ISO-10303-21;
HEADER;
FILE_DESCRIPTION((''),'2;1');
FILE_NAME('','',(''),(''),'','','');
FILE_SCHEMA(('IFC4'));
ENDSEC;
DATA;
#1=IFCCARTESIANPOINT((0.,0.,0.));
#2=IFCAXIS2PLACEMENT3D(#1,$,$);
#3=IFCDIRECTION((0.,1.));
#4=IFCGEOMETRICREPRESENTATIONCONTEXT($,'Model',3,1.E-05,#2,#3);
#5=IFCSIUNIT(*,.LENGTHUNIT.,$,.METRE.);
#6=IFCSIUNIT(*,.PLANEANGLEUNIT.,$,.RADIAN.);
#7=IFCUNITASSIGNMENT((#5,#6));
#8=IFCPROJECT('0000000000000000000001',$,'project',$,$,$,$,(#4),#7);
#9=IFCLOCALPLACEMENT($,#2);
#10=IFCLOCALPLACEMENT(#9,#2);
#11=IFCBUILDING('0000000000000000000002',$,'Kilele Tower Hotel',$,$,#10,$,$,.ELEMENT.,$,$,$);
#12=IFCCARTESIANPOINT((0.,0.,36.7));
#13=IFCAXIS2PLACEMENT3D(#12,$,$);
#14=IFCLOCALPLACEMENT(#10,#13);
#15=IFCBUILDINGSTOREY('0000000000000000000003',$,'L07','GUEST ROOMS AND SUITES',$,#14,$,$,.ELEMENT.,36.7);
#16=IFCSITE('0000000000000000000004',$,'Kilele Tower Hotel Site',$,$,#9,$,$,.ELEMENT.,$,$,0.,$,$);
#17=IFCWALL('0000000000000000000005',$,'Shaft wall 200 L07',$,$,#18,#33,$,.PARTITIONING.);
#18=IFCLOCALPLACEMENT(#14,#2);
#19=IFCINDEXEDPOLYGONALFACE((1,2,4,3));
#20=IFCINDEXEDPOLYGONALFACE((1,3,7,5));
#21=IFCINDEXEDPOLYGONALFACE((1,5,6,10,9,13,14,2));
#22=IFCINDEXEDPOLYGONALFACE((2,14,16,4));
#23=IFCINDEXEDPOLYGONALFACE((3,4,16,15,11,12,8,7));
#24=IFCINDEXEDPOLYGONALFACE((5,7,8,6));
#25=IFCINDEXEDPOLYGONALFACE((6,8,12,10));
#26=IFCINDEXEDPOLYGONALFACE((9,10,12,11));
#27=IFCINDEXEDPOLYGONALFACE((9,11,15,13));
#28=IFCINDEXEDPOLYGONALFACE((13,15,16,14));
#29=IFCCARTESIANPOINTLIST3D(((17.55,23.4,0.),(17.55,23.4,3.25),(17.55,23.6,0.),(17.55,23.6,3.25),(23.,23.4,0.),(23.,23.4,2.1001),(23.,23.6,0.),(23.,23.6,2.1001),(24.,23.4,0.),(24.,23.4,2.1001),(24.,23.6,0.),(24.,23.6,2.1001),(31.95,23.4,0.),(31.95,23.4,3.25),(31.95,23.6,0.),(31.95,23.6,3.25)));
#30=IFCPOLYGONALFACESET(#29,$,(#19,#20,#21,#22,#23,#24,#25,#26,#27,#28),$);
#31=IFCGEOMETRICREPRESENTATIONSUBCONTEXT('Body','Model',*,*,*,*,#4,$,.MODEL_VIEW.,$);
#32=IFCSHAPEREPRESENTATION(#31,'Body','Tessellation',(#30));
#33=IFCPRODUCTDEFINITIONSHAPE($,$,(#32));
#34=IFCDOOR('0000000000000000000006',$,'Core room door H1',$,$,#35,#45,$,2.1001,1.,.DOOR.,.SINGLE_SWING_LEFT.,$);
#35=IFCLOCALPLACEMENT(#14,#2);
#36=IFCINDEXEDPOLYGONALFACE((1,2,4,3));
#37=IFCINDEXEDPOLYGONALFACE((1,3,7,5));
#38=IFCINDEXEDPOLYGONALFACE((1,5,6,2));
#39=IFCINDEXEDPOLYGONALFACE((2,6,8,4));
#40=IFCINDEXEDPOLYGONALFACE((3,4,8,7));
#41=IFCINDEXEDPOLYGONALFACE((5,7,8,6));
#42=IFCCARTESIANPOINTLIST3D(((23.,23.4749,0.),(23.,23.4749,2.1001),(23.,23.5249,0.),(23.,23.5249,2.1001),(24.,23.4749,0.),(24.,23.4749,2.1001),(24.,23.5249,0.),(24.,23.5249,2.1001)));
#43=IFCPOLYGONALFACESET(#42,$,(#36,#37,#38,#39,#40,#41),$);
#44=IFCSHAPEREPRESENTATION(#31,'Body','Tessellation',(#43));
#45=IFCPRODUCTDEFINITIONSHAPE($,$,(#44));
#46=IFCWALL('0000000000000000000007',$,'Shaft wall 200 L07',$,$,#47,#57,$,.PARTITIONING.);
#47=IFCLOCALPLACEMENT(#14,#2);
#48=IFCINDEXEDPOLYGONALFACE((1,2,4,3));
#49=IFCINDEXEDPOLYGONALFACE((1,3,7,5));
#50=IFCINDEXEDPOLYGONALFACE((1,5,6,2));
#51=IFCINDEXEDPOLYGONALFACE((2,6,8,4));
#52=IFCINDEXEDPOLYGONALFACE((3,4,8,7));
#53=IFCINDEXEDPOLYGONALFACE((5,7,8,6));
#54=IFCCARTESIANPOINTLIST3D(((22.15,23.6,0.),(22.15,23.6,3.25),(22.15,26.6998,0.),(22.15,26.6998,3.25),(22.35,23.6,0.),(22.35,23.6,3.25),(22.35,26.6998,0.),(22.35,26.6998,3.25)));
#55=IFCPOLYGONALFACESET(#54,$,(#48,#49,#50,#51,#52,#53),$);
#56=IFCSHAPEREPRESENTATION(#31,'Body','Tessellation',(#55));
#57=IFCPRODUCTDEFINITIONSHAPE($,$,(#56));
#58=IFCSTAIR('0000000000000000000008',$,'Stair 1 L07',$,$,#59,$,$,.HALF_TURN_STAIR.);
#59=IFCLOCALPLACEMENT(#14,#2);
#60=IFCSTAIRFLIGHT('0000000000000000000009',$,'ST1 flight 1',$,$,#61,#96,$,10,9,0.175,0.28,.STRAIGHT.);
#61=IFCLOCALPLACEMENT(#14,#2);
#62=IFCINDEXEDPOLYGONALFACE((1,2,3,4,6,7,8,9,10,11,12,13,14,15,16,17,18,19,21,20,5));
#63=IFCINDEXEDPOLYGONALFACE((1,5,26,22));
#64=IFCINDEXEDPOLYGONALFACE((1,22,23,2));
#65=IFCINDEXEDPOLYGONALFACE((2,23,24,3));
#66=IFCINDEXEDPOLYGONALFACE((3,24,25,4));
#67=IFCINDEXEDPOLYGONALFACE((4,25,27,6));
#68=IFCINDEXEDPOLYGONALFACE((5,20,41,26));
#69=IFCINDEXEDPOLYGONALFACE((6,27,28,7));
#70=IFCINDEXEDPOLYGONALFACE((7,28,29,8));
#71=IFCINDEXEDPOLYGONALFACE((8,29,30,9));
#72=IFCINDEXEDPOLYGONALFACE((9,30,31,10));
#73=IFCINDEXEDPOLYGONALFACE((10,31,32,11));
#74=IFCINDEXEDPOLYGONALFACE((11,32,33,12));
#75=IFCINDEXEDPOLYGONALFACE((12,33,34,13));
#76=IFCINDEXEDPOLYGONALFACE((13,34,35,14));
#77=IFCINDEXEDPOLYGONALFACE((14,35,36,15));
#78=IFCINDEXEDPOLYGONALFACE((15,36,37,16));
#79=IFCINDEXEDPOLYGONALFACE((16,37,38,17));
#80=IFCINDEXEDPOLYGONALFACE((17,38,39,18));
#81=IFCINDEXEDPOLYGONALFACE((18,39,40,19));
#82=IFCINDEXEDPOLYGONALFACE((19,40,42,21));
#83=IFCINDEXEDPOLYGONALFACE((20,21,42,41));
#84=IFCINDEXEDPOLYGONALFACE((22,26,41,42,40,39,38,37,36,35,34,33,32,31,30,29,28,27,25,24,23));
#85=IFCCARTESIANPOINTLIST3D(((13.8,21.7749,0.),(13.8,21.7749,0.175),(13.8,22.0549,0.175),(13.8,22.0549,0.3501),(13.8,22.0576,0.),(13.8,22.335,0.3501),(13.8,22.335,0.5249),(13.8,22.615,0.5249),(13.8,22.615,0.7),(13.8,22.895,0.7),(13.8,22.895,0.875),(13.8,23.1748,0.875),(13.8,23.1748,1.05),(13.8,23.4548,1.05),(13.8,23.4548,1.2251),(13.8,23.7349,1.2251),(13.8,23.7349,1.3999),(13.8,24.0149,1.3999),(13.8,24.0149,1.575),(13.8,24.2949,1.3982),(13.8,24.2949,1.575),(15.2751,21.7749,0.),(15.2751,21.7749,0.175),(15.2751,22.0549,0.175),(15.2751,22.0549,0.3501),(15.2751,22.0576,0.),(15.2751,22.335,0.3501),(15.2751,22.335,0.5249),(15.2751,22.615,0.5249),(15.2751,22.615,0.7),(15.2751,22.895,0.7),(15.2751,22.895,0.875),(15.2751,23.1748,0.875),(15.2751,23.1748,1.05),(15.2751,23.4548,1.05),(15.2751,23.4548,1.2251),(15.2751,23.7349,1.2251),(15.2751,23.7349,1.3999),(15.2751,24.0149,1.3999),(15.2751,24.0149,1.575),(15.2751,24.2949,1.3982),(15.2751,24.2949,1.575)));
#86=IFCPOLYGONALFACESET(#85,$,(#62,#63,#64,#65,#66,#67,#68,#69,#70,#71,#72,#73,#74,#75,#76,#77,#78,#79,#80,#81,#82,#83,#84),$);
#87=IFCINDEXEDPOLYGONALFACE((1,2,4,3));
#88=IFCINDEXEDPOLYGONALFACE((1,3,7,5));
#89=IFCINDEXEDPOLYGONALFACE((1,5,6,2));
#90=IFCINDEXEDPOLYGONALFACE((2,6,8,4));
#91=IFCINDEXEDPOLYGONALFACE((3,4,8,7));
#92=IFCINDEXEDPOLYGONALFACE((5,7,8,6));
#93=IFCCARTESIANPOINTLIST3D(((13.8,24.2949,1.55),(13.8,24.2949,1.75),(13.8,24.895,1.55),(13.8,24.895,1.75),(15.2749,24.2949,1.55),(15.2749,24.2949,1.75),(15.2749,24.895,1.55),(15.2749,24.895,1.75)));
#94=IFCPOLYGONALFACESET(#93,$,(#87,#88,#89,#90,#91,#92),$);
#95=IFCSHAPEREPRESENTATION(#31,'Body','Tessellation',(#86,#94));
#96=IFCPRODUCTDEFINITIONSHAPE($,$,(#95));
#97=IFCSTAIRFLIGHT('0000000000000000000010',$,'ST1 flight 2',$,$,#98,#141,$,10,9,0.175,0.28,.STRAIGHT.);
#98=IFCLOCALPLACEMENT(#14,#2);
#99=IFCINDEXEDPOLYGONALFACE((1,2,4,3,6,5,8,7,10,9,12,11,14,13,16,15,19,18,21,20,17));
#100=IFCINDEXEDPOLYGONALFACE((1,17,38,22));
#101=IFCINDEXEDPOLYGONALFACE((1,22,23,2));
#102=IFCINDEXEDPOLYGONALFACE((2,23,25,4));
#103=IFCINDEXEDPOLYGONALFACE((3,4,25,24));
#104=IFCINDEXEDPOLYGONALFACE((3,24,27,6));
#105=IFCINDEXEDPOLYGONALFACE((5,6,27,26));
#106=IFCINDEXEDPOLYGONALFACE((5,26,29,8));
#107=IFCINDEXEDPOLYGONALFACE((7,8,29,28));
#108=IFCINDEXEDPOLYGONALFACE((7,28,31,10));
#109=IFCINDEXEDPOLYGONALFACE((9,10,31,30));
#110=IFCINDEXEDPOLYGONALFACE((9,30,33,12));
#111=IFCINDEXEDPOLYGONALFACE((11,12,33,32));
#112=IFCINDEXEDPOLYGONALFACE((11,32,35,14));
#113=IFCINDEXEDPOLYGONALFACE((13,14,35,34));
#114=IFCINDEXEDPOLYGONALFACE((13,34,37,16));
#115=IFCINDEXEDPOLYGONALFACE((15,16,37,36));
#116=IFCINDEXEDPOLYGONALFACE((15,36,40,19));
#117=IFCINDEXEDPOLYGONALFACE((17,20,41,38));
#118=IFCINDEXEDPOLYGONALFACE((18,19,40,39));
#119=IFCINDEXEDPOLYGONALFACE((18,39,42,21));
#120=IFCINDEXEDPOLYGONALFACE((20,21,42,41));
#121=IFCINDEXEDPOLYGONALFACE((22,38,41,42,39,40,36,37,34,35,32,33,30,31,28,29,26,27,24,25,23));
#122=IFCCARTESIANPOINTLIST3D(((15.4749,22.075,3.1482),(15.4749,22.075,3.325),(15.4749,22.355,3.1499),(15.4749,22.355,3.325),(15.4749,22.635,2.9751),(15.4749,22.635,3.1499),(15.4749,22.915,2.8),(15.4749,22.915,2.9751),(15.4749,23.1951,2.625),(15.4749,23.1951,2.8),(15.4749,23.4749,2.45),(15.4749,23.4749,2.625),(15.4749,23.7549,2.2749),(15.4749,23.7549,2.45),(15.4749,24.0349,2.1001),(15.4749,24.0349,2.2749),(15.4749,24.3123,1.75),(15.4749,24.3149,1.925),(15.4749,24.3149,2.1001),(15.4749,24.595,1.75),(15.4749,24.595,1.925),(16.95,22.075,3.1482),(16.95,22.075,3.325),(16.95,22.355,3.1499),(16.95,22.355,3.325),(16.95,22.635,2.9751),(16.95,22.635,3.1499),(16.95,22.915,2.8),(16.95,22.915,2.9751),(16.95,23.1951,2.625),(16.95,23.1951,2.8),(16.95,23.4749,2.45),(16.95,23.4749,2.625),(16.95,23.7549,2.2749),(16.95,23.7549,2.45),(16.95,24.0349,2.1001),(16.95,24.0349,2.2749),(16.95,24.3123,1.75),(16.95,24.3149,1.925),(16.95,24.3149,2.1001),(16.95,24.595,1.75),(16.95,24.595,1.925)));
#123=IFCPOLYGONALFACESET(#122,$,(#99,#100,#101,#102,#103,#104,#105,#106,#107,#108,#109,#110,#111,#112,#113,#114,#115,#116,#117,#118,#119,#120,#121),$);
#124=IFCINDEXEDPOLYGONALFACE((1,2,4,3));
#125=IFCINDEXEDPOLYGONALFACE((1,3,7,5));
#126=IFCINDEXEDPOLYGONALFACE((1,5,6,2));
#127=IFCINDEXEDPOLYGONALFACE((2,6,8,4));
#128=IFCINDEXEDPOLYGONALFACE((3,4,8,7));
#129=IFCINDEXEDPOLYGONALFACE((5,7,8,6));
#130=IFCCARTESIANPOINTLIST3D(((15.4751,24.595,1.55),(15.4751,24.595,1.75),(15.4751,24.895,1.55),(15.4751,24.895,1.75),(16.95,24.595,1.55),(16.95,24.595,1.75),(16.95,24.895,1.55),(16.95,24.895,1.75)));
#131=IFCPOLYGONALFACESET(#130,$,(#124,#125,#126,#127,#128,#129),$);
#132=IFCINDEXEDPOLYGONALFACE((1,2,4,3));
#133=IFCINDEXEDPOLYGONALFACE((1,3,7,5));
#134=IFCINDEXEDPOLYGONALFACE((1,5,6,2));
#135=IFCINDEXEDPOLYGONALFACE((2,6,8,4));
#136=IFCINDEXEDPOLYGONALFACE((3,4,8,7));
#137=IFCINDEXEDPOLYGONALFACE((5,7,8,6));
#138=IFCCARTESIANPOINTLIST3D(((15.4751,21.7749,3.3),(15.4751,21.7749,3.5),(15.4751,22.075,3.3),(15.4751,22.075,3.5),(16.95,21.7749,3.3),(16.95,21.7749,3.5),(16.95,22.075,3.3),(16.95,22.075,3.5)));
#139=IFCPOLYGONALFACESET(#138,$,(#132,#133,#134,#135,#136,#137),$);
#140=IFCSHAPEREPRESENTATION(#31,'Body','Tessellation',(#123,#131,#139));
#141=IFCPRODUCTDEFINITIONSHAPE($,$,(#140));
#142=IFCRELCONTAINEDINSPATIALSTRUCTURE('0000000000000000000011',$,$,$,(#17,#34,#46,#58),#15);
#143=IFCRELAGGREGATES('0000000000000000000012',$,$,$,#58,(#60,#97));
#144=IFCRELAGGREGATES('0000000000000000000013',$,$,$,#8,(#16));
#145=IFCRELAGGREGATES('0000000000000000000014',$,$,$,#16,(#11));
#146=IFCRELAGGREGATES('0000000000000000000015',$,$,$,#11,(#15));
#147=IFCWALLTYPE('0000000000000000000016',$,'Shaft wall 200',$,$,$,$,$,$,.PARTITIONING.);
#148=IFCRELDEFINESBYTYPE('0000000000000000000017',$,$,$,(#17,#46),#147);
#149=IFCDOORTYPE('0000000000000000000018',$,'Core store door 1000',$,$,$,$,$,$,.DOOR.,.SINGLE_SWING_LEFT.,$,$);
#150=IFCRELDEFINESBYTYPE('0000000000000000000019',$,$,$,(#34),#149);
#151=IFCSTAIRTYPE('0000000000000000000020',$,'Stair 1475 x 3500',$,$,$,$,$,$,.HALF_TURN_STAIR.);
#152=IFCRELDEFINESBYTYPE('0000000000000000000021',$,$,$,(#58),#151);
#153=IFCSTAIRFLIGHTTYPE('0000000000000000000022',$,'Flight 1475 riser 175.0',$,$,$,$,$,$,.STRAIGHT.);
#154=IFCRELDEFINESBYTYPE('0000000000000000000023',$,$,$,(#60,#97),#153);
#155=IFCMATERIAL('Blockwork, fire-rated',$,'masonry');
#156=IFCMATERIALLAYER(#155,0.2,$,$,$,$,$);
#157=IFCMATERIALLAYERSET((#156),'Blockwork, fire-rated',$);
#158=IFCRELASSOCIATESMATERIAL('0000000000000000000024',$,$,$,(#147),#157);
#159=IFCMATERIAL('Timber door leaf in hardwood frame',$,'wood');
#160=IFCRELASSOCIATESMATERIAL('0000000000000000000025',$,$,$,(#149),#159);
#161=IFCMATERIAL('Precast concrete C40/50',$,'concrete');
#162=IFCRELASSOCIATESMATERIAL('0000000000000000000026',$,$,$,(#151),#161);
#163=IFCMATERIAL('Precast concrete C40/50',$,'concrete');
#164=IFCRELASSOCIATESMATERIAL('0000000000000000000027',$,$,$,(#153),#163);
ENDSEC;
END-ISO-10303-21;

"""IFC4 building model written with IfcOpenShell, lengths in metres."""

from ifc_helpers import new_model, si_unit, direction, frame, frame_2d, origin, place, context, subcontext, project, spatial, polyline, rectangle, outline, extrude, material, layer, layer_set, type_object, element, fill, aggregate, save


model = new_model("IFC4")

# Units and contexts
model_context = context("Model", 3, precision=1e-05, world=origin(), true_north=direction((0.0, 1.0)))
body_context = subcontext(model_context, "Body", "Model", "MODEL_VIEW")
ifc_project = project(units=[si_unit("LENGTHUNIT", "METRE"), si_unit("PLANEANGLEUNIT", "RADIAN")], contexts=[model_context])

# Site, building, storey
site_placement = place(None, origin())
site = spatial("IfcSite", under=ifc_project, at=site_placement, Name="Kilele Tower Hotel Site", CompositionType="ELEMENT", RefElevation=0.0)
building_placement = place(site_placement, origin())
building = spatial("IfcBuilding", under=site, at=building_placement, Name="Kilele Tower Hotel", CompositionType="ELEMENT")
storey_placement = place(building_placement, frame((0.0, 0.0, 36.7)))
storey = spatial("IfcBuildingStorey", under=building, at=storey_placement, Name="L07", Description="GUEST ROOMS AND SUITES", CompositionType="ELEMENT", Elevation=36.7)

# Shared definitions
ifc_material_1 = material(Name="Blockwork, fire-rated", Category="masonry")
ifc_layer_1 = layer(ifc_material_1, 0.2)
ifc_layer_set_1 = layer_set([ifc_layer_1], Name="Blockwork, fire-rated")
wall_type_1 = type_object("IfcWallType", Name="Shaft wall 200", PredefinedType="PARTITIONING", material=ifc_layer_set_1)

# Wall, opening, door
wall_1_placement = place(storey_placement, frame((17.55, 23.5, 0.0), z_axis=(0.0, 0.0, 1.0), x_axis=(1.0, 0.0, 0.0)))
wall_1 = element("IfcWall", 1, at=wall_1_placement, inside=storey, type_object=wall_type_1, Name="Shaft wall 200 L07", PredefinedType="PARTITIONING", context=body_context, shape_type="SweptSolid", body=[
    extrude(rectangle(XDim=14.3999, YDim=0.2, at=frame_2d((7.2, 0.0))), origin(), (0.0, 0.0, 1.0), 3.25),
])
opening_1_placement = place(wall_1_placement, frame((5.45, 0.0, 0.0)))
opening_1 = element("IfcOpeningElement", 2, at=opening_1_placement, cuts=wall_1, PredefinedType="OPENING", context=body_context, shape_type="SweptSolid", body=[
    extrude(rectangle(XDim=1.0, YDim=2.1001, at=frame_2d((0.5, 1.05))), frame((0.0, 0.1099, 0.0), z_axis=(0.0, -1.0, 0.0), x_axis=(1.0, 0.0, 0.0)), (0.0, 0.0, 1.0), 0.22),
])
ifc_material_2 = material(Name="Timber door leaf in hardwood frame", Category="wood")
door_type_1 = type_object("IfcDoorType", Name="Core store door 1000", OperationType="SINGLE_SWING_LEFT", PredefinedType="DOOR", material=ifc_material_2)
door_1_placement = place(opening_1_placement, origin())
door_1 = element("IfcDoor", 3, at=door_1_placement, inside=storey, type_object=door_type_1, Name="Core room door H1", OperationType="SINGLE_SWING_LEFT", OverallHeight=2.1001, OverallWidth=1.0, PredefinedType="DOOR", context=body_context, shape_type="SweptSolid", body=[
    extrude(rectangle(XDim=1.0, YDim=2.1001, at=frame_2d((0.5, 1.05))), frame((0.0, 0.0249, 0.0), z_axis=(0.0, -1.0, 0.0), x_axis=(1.0, 0.0, 0.0)), (0.0, 0.0, 1.0), 0.05),
])
fill(opening_1, door_1)

# Wall
wall_2_placement = place(storey_placement, frame((22.25, 23.6001, 0.0), z_axis=(0.0, 0.0, 1.0), x_axis=(0.0, 1.0, 0.0)))
element("IfcWall", 4, at=wall_2_placement, inside=storey, type_object=wall_type_1, Name="Shaft wall 200 L07", PredefinedType="PARTITIONING", context=body_context, shape_type="SweptSolid", body=[
    extrude(rectangle(XDim=3.0999, YDim=0.2, at=frame_2d((1.5498, 0.0))), origin(), (0.0, 0.0, 1.0), 3.25),
])

# Stair, stair flights
ifc_material_3 = material(Name="Precast concrete C40/50", Category="concrete")
stair_type = type_object("IfcStairType", Name="Stair 1475 x 3500", PredefinedType="HALF_TURN_STAIR", material=ifc_material_3)
stair_placement = place(storey_placement, origin())
stair = element("IfcStair", 5, at=stair_placement, inside=storey, type_object=stair_type, Name="Stair 1 L07", PredefinedType="HALF_TURN_STAIR")
ifc_material_4 = material(Name="Precast concrete C40/50", Category="concrete")
stair_flight_type = type_object("IfcStairFlightType", Name="Flight 1475 riser 175.0", PredefinedType="STRAIGHT", material=ifc_material_4)
stair_flight_1_placement = place(storey_placement, frame((14.5376, 21.7749, 0.0), z_axis=(0.0, 0.0, 1.0), x_axis=(0.0, 1.0, 0.0)))
stair_flight_1 = element("IfcStairFlight", 6, at=stair_flight_1_placement, type_object=stair_flight_type, Name="ST1 flight 1", NumberOfRisers=10, NumberOfTreads=9, PredefinedType="STRAIGHT", RiserHeight=0.175, TreadLength=0.28, context=body_context, shape_type="SweptSolid", body=[
    extrude(outline(polyline([(0.0, 0.0), (0.0, 0.175), (0.28, 0.175), (0.28, 0.3501), (0.5601, 0.3501), (0.5601, 0.5249), (0.8401, 0.5249), (0.8401, 0.7), (1.1201, 0.7), (1.1201, 0.875), (1.3999, 0.875), (1.3999, 1.05), (1.6799, 1.05), (1.6799, 1.2251), (1.96, 1.2251), (1.96, 1.3999), (2.24, 1.3999), (2.24, 1.575), (2.52, 1.575), (2.52, 1.75), (2.52, 1.3982), (0.2827, 0.0), (0.0, 0.0)])), frame((0.0, 0.7375, 0.0), z_axis=(0.0, -1.0, 0.0), x_axis=(1.0, 0.0, 0.0)), (0.0, 0.0, 1.0), 1.4751),
    extrude(outline(polyline([(2.52, 0.7375), (2.52, -0.7373), (3.1201, -0.7373), (3.1201, 0.7375), (2.52, 0.7375)])), frame((0.0, 0.0, 1.55)), (0.0, 0.0, 1.0), 0.2),
])
stair_flight_2_placement = place(storey_placement, frame((16.2124, 24.595, 1.75), z_axis=(0.0, 0.0, 1.0), x_axis=(0.0, -1.0, 0.0)))
stair_flight_2 = element("IfcStairFlight", 7, at=stair_flight_2_placement, type_object=stair_flight_type, Name="ST1 flight 2", NumberOfRisers=10, NumberOfTreads=9, PredefinedType="STRAIGHT", RiserHeight=0.175, TreadLength=0.28, context=body_context, shape_type="SweptSolid", body=[
    extrude(outline(polyline([(0.0, 0.0), (0.0, 0.175), (0.28, 0.175), (0.28, 0.3501), (0.5601, 0.3501), (0.5601, 0.5249), (0.8401, 0.5249), (0.8401, 0.7), (1.1201, 0.7), (1.1201, 0.875), (1.3999, 0.875), (1.3999, 1.05), (1.6799, 1.05), (1.6799, 1.2251), (1.96, 1.2251), (1.96, 1.3999), (2.24, 1.3999), (2.24, 1.575), (2.52, 1.575), (2.52, 1.75), (2.52, 1.3982), (0.2827, 0.0), (0.0, 0.0)])), frame((0.0, 0.7375, 0.0), z_axis=(0.0, -1.0, 0.0), x_axis=(1.0, 0.0, 0.0)), (0.0, 0.0, 1.0), 1.4751),
    extrude(outline(polyline([(0.0, -0.7373), (0.0, 0.7375), (-0.3, 0.7375), (-0.3, -0.7373), (0.0, -0.7373)])), frame((0.0, 0.0, -0.2)), (0.0, 0.0, 1.0), 0.2),
    extrude(outline(polyline([(2.8201, -0.7373), (2.8201, 0.7375), (2.52, 0.7375), (2.52, -0.7373), (2.8201, -0.7373)])), frame((0.0, 0.0, 1.55)), (0.0, 0.0, 1.0), 0.2),
])
aggregate(stair, [stair_flight_1, stair_flight_2])

save(model, "model.ifc")
